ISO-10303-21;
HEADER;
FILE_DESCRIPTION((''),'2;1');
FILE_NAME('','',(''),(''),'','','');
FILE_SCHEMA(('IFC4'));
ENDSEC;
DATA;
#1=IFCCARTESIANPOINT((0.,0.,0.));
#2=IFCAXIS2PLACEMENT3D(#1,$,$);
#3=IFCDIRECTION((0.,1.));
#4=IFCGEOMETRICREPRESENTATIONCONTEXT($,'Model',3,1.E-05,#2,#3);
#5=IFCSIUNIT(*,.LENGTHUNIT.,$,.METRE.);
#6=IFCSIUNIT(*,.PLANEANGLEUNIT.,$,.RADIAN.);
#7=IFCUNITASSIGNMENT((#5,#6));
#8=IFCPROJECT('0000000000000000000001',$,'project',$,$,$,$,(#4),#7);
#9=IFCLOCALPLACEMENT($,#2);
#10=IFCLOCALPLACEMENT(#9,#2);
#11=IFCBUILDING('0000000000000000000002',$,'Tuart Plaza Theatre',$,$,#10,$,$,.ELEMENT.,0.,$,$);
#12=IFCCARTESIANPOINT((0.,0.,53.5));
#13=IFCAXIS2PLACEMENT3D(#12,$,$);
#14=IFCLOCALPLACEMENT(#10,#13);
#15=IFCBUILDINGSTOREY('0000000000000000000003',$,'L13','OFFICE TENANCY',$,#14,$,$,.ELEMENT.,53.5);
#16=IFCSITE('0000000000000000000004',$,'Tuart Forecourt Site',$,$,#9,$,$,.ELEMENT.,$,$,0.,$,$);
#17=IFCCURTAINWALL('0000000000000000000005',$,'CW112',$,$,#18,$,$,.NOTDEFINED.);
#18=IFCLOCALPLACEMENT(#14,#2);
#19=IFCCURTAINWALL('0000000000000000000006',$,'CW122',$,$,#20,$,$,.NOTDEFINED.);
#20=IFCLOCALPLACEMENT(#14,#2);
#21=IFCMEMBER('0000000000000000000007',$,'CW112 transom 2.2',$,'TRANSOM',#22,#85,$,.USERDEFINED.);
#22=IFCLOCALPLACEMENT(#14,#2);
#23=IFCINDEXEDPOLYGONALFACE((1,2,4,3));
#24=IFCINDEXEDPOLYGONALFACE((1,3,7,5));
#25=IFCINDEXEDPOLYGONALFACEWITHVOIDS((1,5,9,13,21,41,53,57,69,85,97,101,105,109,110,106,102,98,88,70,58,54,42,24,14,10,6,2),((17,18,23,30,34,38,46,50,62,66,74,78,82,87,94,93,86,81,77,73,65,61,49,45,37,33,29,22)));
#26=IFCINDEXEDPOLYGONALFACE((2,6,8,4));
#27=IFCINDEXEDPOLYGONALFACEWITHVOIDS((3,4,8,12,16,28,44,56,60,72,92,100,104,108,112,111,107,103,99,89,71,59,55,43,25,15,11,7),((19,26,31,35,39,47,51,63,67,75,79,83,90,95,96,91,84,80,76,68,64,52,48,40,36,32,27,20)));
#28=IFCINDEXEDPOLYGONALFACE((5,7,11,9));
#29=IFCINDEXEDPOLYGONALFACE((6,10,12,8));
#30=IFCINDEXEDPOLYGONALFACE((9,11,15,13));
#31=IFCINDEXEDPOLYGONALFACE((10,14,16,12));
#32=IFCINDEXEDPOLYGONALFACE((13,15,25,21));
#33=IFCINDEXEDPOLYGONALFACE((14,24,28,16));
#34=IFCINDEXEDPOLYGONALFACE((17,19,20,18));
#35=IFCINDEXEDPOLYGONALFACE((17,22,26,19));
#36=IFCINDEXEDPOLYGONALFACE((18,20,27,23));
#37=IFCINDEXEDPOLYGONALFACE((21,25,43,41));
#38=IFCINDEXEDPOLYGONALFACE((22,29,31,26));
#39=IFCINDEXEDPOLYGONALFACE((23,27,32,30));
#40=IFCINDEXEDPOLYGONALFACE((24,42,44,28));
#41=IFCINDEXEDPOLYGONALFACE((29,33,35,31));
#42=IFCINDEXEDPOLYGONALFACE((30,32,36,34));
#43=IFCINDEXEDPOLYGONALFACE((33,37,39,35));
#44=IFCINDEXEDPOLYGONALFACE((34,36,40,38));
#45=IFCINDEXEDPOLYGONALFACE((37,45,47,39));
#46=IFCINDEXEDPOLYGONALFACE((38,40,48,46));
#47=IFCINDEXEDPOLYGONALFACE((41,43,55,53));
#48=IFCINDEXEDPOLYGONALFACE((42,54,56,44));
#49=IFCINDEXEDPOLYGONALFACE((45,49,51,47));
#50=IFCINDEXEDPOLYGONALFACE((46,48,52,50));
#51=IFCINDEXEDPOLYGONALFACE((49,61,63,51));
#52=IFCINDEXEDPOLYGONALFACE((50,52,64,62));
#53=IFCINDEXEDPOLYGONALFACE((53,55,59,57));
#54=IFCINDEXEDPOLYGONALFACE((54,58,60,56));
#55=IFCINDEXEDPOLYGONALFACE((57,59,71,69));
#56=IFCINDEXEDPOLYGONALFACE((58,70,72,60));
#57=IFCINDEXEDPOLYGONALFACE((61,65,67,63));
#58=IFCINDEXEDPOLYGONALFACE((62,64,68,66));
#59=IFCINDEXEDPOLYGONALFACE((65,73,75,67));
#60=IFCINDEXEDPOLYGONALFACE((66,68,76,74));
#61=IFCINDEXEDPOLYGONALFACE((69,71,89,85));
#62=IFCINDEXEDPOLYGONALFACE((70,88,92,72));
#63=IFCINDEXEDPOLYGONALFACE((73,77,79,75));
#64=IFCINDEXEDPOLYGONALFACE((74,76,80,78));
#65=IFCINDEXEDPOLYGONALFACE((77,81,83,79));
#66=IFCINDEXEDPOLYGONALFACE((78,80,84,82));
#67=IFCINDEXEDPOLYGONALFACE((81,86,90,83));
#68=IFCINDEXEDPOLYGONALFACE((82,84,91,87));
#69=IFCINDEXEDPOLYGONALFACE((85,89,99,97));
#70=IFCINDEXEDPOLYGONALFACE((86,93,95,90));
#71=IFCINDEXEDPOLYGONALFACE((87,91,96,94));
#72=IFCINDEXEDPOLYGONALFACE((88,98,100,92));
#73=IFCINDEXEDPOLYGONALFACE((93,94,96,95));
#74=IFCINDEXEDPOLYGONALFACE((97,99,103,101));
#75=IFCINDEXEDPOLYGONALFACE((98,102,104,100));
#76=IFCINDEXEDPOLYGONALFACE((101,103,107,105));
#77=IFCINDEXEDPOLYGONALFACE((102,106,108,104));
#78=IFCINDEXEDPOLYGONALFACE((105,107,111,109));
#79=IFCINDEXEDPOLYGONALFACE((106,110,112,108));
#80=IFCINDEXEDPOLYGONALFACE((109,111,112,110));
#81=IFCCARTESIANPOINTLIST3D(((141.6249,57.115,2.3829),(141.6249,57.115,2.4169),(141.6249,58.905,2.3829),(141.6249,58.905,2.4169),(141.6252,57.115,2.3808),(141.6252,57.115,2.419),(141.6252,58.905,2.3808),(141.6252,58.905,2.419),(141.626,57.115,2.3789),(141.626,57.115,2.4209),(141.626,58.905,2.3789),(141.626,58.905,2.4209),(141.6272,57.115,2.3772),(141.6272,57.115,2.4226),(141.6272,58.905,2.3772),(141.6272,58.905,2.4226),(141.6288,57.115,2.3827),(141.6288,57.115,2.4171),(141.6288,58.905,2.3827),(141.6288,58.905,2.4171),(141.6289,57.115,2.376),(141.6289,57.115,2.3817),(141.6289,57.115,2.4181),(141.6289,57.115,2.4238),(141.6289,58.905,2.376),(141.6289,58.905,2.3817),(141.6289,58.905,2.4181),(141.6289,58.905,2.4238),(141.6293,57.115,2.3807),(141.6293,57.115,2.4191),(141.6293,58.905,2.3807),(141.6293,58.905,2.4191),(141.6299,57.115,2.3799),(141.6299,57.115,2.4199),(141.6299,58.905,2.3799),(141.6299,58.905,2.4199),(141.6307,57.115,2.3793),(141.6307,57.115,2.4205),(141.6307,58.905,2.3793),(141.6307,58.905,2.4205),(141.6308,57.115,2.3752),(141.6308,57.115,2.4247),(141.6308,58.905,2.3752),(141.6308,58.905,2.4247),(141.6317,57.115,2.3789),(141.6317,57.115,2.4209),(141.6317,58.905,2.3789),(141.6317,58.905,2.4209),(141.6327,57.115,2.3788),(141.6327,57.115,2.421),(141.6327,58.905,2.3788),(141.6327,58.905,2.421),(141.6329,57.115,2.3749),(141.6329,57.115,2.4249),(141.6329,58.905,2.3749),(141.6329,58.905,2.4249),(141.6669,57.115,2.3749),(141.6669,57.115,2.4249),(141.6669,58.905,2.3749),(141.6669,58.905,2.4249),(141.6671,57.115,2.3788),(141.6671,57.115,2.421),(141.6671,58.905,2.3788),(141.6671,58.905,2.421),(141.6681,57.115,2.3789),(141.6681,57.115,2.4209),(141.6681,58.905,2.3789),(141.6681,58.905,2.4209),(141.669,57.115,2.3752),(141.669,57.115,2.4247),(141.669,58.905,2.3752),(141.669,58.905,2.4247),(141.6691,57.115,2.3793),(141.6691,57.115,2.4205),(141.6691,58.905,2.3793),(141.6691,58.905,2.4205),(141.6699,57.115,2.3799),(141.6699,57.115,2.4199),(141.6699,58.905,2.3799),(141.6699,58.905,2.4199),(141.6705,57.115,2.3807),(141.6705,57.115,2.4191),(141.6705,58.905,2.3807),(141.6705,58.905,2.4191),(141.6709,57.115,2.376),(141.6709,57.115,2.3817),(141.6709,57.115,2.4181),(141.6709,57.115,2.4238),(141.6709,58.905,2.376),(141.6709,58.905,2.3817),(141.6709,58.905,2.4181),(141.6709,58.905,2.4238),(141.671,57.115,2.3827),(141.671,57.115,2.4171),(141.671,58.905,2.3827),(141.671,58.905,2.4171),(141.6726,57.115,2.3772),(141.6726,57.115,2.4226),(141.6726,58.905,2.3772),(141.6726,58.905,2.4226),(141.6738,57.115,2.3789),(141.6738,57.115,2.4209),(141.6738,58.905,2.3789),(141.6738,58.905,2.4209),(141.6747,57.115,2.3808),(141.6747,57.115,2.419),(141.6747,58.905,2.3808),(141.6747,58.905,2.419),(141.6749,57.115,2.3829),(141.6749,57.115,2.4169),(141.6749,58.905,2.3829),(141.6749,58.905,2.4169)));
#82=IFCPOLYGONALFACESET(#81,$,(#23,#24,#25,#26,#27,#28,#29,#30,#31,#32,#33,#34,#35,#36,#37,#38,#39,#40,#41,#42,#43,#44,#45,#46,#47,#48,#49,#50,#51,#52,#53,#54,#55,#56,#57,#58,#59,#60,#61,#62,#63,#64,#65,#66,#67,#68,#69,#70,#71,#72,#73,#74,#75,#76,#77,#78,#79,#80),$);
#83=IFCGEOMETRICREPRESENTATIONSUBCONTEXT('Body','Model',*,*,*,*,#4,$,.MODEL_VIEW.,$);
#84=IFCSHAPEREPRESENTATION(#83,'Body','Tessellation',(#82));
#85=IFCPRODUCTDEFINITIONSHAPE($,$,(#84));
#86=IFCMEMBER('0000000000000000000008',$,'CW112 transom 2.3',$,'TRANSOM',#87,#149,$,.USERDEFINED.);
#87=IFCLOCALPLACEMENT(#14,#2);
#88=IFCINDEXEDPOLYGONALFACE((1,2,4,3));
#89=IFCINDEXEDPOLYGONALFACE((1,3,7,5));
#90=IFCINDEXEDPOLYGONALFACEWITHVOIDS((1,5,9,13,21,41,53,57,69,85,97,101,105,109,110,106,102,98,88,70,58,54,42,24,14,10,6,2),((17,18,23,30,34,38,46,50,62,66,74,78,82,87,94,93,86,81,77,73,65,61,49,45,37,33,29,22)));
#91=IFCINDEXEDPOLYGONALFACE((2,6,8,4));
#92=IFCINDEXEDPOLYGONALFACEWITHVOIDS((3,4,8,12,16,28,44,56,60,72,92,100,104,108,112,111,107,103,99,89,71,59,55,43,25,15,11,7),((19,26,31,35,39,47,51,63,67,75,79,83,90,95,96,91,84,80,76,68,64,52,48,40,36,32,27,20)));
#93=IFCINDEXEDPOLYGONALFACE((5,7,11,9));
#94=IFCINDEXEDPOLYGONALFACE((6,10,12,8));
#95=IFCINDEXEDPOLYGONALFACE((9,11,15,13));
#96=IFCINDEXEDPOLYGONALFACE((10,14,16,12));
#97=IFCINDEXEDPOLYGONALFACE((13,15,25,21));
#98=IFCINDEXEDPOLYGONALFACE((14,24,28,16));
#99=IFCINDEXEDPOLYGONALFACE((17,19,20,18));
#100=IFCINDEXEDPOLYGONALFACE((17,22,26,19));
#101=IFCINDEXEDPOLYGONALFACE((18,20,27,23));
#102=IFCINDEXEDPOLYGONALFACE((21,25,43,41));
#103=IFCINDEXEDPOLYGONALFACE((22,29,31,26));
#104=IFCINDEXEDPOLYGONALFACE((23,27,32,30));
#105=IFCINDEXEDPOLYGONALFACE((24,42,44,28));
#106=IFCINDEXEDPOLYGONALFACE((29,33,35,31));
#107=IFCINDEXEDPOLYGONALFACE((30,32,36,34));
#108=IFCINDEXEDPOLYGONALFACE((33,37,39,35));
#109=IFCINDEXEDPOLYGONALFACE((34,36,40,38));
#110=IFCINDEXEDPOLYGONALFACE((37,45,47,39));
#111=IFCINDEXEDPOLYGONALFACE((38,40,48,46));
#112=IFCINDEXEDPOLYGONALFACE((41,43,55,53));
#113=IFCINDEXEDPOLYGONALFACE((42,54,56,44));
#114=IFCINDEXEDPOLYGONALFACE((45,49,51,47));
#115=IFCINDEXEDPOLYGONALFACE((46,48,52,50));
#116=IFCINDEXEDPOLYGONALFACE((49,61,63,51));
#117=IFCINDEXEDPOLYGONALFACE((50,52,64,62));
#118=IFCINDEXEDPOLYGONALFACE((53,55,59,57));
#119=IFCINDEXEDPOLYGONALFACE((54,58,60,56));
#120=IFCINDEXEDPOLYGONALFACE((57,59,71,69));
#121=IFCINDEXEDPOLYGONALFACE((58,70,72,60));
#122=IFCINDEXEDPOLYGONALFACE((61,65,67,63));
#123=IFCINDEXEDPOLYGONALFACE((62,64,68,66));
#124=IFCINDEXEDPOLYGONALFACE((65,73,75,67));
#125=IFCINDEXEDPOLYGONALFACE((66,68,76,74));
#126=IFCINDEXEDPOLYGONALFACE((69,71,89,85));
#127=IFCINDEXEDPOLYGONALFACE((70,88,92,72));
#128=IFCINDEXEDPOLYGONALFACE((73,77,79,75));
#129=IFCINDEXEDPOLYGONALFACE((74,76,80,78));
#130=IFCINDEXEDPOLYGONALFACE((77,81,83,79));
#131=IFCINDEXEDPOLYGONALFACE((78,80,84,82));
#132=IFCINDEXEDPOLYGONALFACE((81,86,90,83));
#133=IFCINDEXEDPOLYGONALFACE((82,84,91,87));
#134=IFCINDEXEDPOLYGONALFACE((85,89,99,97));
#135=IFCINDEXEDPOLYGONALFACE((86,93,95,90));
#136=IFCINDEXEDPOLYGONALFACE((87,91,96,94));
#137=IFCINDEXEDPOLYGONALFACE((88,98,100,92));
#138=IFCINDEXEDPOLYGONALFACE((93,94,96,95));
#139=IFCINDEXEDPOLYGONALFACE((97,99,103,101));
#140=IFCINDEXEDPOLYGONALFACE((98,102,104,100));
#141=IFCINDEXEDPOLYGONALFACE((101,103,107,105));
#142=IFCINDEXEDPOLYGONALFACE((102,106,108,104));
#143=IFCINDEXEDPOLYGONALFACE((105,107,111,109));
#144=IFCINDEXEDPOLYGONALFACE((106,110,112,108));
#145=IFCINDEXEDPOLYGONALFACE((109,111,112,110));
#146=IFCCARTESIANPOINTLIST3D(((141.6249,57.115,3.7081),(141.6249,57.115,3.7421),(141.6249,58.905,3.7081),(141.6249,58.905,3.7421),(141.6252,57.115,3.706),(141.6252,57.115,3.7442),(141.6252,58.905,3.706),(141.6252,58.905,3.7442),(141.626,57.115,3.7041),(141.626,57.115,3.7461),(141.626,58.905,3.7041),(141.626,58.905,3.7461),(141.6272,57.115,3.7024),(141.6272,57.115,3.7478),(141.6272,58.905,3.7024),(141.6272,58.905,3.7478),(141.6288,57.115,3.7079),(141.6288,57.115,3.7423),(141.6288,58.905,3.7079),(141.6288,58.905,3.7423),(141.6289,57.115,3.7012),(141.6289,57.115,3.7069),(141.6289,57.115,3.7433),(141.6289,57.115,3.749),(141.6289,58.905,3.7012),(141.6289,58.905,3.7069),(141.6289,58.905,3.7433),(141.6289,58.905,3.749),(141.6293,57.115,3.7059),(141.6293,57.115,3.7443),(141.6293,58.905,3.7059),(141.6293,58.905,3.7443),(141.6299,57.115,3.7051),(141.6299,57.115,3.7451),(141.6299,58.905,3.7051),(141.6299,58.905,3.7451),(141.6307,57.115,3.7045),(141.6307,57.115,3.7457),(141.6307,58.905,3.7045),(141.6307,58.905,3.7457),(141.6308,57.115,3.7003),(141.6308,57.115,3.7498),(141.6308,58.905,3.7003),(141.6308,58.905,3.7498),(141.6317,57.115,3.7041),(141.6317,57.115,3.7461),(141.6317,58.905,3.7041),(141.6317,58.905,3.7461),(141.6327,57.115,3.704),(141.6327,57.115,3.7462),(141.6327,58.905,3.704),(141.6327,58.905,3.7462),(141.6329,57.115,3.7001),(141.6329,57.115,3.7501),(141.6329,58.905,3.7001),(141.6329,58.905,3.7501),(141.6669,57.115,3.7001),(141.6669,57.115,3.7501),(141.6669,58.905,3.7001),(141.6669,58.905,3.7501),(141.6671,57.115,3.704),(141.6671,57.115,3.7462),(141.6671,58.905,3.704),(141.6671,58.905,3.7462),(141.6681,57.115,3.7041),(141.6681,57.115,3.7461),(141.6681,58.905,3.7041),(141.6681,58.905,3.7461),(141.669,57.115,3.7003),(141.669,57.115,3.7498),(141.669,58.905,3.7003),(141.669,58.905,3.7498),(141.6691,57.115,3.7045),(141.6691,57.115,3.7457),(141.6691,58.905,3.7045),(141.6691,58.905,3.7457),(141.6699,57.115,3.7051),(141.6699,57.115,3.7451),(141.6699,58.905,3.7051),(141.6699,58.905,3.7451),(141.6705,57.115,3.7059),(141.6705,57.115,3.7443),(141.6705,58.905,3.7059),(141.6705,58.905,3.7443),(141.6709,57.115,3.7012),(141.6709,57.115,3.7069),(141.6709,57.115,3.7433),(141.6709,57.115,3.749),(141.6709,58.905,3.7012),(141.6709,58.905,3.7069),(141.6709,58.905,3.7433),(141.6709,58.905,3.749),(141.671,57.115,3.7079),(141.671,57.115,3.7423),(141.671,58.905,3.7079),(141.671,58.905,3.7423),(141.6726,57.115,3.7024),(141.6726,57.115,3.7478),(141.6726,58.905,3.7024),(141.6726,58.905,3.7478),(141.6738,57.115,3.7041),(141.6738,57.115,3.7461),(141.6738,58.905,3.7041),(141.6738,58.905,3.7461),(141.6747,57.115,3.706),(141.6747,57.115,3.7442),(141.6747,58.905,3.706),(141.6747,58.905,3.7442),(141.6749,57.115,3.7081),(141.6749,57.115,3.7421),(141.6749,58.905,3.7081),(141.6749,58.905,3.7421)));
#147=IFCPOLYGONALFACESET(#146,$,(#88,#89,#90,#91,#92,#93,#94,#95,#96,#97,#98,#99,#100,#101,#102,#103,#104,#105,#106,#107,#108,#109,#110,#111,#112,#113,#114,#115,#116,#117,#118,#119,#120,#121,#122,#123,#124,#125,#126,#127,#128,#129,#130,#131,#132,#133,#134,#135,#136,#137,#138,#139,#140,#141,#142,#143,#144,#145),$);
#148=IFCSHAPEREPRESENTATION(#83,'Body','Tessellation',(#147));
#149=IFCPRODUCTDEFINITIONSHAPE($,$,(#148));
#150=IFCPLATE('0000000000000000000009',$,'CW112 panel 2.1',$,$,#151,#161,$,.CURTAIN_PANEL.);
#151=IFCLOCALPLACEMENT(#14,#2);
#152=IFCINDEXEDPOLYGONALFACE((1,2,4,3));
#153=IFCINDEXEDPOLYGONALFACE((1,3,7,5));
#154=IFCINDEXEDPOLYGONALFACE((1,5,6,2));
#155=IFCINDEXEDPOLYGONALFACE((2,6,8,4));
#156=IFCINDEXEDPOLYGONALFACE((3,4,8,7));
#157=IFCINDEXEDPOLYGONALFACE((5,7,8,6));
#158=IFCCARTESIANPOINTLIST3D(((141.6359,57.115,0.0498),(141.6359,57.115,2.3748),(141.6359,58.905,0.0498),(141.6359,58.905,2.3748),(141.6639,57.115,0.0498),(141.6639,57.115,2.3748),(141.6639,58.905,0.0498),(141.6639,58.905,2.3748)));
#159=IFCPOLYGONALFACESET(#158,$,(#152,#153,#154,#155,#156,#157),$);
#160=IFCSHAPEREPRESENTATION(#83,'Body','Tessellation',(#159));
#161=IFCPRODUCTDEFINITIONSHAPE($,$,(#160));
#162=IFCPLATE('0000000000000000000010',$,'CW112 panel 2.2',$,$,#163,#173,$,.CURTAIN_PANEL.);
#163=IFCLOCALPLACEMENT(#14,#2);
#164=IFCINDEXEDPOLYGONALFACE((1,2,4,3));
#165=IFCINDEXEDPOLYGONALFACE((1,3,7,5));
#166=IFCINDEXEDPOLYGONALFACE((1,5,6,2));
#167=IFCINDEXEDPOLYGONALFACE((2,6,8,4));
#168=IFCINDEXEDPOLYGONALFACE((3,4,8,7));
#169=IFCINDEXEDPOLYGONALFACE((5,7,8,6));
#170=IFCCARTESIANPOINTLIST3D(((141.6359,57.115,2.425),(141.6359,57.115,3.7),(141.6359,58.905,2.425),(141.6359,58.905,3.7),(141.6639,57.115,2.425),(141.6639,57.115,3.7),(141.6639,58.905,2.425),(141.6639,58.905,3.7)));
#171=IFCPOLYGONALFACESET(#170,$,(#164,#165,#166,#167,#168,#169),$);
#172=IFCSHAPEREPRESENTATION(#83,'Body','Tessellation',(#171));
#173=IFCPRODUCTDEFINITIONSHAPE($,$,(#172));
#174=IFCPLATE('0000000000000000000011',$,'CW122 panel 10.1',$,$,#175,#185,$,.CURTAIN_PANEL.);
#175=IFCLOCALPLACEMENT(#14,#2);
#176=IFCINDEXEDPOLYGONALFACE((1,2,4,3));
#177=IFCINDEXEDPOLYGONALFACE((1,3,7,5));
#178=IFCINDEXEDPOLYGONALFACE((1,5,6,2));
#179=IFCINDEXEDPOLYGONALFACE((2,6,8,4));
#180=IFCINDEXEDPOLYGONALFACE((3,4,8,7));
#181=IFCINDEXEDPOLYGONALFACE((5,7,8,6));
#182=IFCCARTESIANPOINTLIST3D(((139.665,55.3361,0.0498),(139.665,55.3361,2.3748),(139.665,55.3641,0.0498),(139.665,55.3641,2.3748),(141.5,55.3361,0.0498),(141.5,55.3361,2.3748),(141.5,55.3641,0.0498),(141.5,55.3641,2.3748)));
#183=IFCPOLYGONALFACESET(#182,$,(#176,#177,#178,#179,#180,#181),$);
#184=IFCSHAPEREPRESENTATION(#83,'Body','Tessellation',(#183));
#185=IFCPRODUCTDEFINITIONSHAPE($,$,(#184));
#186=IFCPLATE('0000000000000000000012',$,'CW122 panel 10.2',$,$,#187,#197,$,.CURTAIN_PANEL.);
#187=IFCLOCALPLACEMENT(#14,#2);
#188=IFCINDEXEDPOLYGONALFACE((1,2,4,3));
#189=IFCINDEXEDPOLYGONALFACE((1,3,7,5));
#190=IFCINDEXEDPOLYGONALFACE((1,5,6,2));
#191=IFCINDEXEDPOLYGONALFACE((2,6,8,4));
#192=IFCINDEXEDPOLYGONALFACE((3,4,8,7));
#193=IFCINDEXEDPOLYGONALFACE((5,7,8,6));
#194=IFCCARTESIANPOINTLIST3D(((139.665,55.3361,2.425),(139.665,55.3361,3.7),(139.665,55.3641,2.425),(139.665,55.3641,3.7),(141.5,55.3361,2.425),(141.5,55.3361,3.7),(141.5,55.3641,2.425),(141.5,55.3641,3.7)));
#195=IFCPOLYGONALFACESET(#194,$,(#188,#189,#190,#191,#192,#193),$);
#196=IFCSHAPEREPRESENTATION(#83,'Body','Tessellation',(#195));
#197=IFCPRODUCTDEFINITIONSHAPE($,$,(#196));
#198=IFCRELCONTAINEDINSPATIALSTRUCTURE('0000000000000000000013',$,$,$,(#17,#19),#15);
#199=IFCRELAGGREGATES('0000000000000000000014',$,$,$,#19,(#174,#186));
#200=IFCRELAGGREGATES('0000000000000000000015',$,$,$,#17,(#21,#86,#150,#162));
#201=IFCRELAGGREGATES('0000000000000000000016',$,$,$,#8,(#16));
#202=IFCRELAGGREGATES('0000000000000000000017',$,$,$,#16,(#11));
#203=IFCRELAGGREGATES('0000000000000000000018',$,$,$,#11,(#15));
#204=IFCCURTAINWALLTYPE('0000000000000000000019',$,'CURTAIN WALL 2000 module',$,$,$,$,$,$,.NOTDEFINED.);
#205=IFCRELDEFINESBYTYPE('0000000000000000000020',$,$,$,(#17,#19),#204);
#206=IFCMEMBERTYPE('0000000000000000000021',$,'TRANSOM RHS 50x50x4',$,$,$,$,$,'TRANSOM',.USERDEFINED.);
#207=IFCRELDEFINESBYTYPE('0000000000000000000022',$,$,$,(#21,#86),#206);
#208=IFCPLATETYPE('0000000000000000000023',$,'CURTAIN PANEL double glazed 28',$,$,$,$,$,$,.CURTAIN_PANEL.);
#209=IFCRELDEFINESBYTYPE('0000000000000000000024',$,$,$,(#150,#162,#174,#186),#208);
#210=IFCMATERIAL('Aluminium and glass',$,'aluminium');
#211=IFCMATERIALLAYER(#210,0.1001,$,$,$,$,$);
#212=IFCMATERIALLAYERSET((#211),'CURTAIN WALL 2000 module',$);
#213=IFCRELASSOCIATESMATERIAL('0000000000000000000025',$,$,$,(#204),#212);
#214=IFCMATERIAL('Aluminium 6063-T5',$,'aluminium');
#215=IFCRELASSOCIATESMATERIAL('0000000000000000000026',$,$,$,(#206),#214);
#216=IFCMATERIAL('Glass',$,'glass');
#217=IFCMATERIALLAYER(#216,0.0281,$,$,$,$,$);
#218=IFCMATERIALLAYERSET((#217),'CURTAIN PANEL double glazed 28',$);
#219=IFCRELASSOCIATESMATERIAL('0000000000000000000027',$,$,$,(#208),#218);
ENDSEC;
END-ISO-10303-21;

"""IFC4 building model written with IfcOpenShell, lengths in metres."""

from ifc_helpers import new_model, si_unit, direction, frame, origin, origin_2d, place, context, subcontext, project, spatial, rectangle, hollow_rectangle, extrude, material, layer, layer_set, material_profile, profile_set, type_object, element, aggregate, save


model = new_model("IFC4")

# Units and contexts
model_context = context("Model", 3, precision=1e-05, world=origin(), true_north=direction((0.0, 1.0)))
body_context = subcontext(model_context, "Body", "Model", "MODEL_VIEW")
ifc_project = project(units=[si_unit("LENGTHUNIT", "METRE"), si_unit("PLANEANGLEUNIT", "RADIAN")], contexts=[model_context])

# Site, building, storey
site_placement = place(None, origin())
site = spatial("IfcSite", under=ifc_project, at=site_placement, Name="Tuart Forecourt Site", CompositionType="ELEMENT", RefElevation=0.0)
building_placement = place(site_placement, origin())
building = spatial("IfcBuilding", under=site, at=building_placement, Name="Tuart Plaza Theatre", CompositionType="ELEMENT", ElevationOfRefHeight=0.0)
storey_placement = place(building_placement, frame((0.0, 0.0, 53.5)))
storey = spatial("IfcBuildingStorey", under=building, at=storey_placement, Name="L13", Description="OFFICE TENANCY", CompositionType="ELEMENT", Elevation=53.5)

# Curtain wall
ifc_material_1 = material(Name="Aluminium and glass", Category="aluminium")
ifc_layer_1 = layer(ifc_material_1, 0.1001)
ifc_layer_set_1 = layer_set([ifc_layer_1], Name="CURTAIN WALL 2000 module")
curtain_wall_type = type_object("IfcCurtainWallType", Name="CURTAIN WALL 2000 module", PredefinedType="NOTDEFINED", material=ifc_layer_set_1)
curtain_wall_1_placement = place(storey_placement, origin())
curtain_wall_1 = element("IfcCurtainWall", 1, at=curtain_wall_1_placement, inside=storey, type_object=curtain_wall_type, Name="CW112", PredefinedType="NOTDEFINED")

# Curtain wall
curtain_wall_2_placement = place(storey_placement, origin())
curtain_wall_2 = element("IfcCurtainWall", 2, at=curtain_wall_2_placement, inside=storey, type_object=curtain_wall_type, Name="CW122", PredefinedType="NOTDEFINED")

# Members
ifc_material_2 = material(Name="Aluminium 6063-T5", Category="aluminium")
ifc_material_profile_1 = material_profile(ifc_material_2, hollow_rectangle(XDim=0.05, YDim=0.05, WallThickness=0.0039, InnerFilletRadius=0.0039, OuterFilletRadius=0.0081, at=origin_2d()), Name="RHS 50x50x4")
ifc_profile_set_1 = profile_set([ifc_material_profile_1], Name="Aluminium 6063-T5")
member_type_1 = type_object("IfcMemberType", Name="TRANSOM RHS 50x50x4", ElementType="TRANSOM", PredefinedType="USERDEFINED", material=ifc_profile_set_1)
member_1_placement = place(storey_placement, frame((141.6499, 57.115, 2.3999), z_axis=(0.0, 1.0, 0.0), x_axis=(-1.0, 0.0, 0.0)))
member_1 = element("IfcMember", 3, at=member_1_placement, type_object=member_type_1, Name="CW112 transom 2.2", ObjectType="TRANSOM", PredefinedType="USERDEFINED", context=body_context, shape_type="SweptSolid", body=[
    extrude(hollow_rectangle(XDim=0.05, YDim=0.05, WallThickness=0.0039, InnerFilletRadius=0.0039, OuterFilletRadius=0.0081, at=origin_2d()), origin(), (0.0, 0.0, 1.0), 1.79),
])
member_2_placement = place(storey_placement, frame((141.6499, 57.115, 3.7251), z_axis=(0.0, 1.0, 0.0), x_axis=(-1.0, 0.0, 0.0)))
member_2 = element("IfcMember", 4, at=member_2_placement, type_object=member_type_1, Name="CW112 transom 2.3", ObjectType="TRANSOM", PredefinedType="USERDEFINED", context=body_context, shape_type="SweptSolid", body=[
    extrude(hollow_rectangle(XDim=0.05, YDim=0.05, WallThickness=0.0039, InnerFilletRadius=0.0039, OuterFilletRadius=0.0081, at=origin_2d()), origin(), (0.0, 0.0, 1.0), 1.79),
])

# Plates
ifc_material_3 = material(Name="Glass", Category="glass")
ifc_layer_2 = layer(ifc_material_3, 0.0281)
ifc_layer_set_2 = layer_set([ifc_layer_2], Name="CURTAIN PANEL double glazed 28")
plate_type_1 = type_object("IfcPlateType", Name="CURTAIN PANEL double glazed 28", PredefinedType="CURTAIN_PANEL", material=ifc_layer_set_2)
plate_1_placement = place(storey_placement, frame((141.6499, 58.01, 0.0498), z_axis=(0.0, 0.0, 1.0), x_axis=(0.0, 1.0, 0.0)))
plate_1 = element("IfcPlate", 5, at=plate_1_placement, type_object=plate_type_1, Name="CW112 panel 2.1", PredefinedType="CURTAIN_PANEL", context=body_context, shape_type="SweptSolid", body=[
    extrude(rectangle(XDim=1.79, YDim=0.0281, at=origin_2d()), origin(), (0.0, 0.0, 1.0), 2.325),
])
plate_2_placement = place(storey_placement, frame((141.6499, 58.01, 2.425), z_axis=(0.0, 0.0, 1.0), x_axis=(0.0, 1.0, 0.0)))
plate_2 = element("IfcPlate", 6, at=plate_2_placement, type_object=plate_type_1, Name="CW112 panel 2.2", PredefinedType="CURTAIN_PANEL", context=body_context, shape_type="SweptSolid", body=[
    extrude(rectangle(XDim=1.79, YDim=0.0281, at=origin_2d()), origin(), (0.0, 0.0, 1.0), 1.2749),
])
plate_3_placement = place(storey_placement, frame((140.5825, 55.3501, 0.0498), z_axis=(0.0, 0.0, 1.0), x_axis=(1.0, 0.0, 0.0)))
plate_3 = element("IfcPlate", 7, at=plate_3_placement, type_object=plate_type_1, Name="CW122 panel 10.1", PredefinedType="CURTAIN_PANEL", context=body_context, shape_type="SweptSolid", body=[
    extrude(rectangle(XDim=1.835, YDim=0.0281, at=origin_2d()), origin(), (0.0, 0.0, 1.0), 2.325),
])
plate_4_placement = place(storey_placement, frame((140.5825, 55.3501, 2.425), z_axis=(0.0, 0.0, 1.0), x_axis=(1.0, 0.0, 0.0)))
plate_4 = element("IfcPlate", 8, at=plate_4_placement, type_object=plate_type_1, Name="CW122 panel 10.2", PredefinedType="CURTAIN_PANEL", context=body_context, shape_type="SweptSolid", body=[
    extrude(rectangle(XDim=1.835, YDim=0.0281, at=origin_2d()), origin(), (0.0, 0.0, 1.0), 1.2749),
])
aggregate(curtain_wall_2, [plate_3, plate_4])
aggregate(curtain_wall_1, [member_1, member_2, plate_1, plate_2])

save(model, "model.ifc")
